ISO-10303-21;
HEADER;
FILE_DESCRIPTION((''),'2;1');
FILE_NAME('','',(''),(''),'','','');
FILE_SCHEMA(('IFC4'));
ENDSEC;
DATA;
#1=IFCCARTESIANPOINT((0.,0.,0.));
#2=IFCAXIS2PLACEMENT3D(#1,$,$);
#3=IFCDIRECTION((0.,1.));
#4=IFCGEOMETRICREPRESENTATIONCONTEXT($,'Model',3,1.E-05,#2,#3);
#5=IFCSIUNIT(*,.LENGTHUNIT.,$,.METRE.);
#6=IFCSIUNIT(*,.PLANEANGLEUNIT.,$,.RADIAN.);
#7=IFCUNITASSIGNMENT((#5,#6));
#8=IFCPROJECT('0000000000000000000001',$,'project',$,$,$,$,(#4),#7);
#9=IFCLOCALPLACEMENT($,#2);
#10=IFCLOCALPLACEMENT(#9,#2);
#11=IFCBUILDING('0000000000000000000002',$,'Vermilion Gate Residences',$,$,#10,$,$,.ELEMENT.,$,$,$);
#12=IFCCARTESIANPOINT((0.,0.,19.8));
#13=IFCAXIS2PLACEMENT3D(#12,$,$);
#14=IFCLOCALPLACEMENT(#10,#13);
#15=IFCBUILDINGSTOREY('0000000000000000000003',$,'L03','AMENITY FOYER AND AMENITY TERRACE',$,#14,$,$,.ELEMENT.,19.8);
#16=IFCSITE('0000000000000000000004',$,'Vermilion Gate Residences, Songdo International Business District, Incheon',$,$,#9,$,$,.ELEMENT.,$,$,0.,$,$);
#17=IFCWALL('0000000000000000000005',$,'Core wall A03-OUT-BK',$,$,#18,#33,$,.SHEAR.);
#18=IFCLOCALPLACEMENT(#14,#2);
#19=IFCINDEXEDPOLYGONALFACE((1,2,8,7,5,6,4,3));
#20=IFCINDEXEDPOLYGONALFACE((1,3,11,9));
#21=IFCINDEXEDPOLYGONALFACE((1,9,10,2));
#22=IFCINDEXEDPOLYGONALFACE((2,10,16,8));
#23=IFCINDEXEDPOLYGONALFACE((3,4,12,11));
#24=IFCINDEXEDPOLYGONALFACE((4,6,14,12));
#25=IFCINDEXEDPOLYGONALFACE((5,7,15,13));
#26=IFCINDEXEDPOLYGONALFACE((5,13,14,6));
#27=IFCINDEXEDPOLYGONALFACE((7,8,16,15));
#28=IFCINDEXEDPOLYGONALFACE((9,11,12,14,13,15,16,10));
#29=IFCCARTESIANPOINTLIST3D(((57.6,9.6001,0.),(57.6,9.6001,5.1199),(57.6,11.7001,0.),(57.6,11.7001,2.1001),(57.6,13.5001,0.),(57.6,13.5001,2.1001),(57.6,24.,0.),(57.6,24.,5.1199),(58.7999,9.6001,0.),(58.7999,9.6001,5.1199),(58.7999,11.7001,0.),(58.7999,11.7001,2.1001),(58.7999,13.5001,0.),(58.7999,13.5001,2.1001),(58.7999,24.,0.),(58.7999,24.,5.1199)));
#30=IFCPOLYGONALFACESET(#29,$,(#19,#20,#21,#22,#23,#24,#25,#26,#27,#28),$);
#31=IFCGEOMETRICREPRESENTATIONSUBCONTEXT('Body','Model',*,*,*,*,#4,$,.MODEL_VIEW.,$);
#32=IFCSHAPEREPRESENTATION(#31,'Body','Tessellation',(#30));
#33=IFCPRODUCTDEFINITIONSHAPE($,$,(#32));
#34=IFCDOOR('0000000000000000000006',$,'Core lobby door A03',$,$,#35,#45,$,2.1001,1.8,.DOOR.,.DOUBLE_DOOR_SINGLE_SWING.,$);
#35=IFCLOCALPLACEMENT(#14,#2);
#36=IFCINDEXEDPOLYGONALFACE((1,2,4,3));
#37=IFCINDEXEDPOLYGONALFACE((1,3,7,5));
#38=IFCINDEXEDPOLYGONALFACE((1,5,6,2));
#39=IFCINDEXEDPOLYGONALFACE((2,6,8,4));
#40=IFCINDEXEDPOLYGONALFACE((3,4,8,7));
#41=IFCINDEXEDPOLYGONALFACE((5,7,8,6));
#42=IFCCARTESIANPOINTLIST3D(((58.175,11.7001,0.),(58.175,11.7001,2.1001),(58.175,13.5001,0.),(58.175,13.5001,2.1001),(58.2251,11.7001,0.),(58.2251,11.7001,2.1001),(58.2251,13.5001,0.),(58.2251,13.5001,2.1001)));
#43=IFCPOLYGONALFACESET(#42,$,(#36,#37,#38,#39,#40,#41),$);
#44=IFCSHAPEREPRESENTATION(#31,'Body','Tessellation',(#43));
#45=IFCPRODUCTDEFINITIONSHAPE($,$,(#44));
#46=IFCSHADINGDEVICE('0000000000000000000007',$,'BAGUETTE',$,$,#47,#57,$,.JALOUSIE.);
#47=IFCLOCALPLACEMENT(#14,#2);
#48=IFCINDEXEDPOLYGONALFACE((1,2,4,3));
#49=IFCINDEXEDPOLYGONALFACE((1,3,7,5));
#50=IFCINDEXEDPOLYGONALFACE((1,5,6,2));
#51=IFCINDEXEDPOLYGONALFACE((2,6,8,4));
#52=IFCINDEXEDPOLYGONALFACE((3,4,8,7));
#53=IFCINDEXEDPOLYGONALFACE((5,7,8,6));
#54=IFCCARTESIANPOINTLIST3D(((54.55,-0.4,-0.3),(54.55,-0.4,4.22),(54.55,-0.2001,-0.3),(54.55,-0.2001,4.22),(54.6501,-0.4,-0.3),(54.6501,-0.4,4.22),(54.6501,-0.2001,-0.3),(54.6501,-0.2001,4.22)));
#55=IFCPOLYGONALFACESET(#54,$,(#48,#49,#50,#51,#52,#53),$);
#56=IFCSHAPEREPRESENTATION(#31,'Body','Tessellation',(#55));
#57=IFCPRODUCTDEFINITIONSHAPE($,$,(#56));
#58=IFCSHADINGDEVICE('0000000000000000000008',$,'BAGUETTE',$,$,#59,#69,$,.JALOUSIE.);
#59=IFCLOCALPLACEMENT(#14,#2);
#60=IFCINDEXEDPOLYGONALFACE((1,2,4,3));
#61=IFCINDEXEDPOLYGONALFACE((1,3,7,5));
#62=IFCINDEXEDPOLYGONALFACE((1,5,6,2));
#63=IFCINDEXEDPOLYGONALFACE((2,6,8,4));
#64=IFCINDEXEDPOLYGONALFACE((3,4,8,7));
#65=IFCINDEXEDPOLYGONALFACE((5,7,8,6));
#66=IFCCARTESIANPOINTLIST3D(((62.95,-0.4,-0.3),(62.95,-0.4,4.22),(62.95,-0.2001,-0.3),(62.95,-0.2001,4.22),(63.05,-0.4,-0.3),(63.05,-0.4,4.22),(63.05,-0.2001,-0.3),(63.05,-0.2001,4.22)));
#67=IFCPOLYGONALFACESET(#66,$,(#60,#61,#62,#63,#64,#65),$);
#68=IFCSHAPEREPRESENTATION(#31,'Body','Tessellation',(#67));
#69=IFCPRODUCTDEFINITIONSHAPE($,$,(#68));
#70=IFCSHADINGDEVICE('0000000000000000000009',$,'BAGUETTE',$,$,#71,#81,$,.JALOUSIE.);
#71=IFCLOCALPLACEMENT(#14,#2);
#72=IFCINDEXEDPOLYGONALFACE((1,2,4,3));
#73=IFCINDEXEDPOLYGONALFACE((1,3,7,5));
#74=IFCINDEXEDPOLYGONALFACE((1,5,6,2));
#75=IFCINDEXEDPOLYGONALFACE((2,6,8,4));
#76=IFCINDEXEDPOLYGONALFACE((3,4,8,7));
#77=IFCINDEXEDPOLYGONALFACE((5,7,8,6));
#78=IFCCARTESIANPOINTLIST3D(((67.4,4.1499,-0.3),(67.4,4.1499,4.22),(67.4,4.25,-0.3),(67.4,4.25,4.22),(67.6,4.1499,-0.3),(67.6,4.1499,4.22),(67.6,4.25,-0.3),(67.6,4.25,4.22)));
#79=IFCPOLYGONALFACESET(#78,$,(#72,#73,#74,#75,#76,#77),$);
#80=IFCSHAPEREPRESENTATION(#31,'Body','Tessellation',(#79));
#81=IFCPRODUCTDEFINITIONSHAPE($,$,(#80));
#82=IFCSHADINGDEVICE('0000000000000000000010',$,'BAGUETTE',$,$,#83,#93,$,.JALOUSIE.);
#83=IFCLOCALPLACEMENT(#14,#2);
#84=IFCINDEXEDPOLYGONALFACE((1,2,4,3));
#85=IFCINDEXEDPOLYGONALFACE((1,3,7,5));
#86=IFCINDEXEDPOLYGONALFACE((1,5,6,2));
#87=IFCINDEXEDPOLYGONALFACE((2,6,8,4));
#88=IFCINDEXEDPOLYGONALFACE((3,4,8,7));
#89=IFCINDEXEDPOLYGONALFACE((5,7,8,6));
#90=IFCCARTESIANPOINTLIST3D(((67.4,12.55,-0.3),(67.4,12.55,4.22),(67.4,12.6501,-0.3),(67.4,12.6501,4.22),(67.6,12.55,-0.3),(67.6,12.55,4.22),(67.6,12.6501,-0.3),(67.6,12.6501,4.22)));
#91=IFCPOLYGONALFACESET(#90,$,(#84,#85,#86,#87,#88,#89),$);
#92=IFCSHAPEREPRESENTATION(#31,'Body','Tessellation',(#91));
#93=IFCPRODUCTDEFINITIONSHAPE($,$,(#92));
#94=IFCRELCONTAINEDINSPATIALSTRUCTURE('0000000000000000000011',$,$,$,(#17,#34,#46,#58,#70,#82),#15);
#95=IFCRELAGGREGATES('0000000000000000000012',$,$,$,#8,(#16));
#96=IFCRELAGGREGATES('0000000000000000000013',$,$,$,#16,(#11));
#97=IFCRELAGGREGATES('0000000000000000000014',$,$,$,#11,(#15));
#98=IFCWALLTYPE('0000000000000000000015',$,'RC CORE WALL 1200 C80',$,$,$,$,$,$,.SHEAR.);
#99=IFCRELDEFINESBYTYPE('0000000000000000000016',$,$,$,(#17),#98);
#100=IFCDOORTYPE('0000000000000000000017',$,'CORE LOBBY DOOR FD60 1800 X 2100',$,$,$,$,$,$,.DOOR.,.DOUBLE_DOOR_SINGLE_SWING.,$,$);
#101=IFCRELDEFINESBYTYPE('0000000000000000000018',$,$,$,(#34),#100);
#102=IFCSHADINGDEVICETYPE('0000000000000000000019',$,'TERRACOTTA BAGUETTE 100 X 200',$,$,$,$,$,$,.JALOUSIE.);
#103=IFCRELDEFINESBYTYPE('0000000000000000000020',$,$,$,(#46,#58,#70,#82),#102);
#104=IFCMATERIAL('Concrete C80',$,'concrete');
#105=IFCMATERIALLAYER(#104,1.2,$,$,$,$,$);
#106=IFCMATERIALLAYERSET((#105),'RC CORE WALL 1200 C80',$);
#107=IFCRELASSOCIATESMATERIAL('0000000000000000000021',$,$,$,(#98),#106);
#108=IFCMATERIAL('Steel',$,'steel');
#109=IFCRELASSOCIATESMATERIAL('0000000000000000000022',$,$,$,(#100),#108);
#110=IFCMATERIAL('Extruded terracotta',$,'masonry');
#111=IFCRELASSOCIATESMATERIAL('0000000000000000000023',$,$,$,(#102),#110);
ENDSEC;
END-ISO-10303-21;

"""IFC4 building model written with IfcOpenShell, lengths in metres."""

from ifc_helpers import new_model, si_unit, direction, frame, frame_2d, origin, origin_2d, place, context, subcontext, project, spatial, rectangle, extrude, material, layer, layer_set, material_profile, profile_set, type_object, element, fill, save


model = new_model("IFC4")

# Units and contexts
model_context = context("Model", 3, precision=1e-05, world=origin(), true_north=direction((0.0, 1.0)))
body_context = subcontext(model_context, "Body", "Model", "MODEL_VIEW")
ifc_project = project(units=[si_unit("LENGTHUNIT", "METRE"), si_unit("PLANEANGLEUNIT", "RADIAN")], contexts=[model_context])

# Site, building, storey
site_placement = place(None, origin())
site = spatial("IfcSite", under=ifc_project, at=site_placement, Name="Vermilion Gate Residences, Songdo International Business District, Incheon", CompositionType="ELEMENT", RefElevation=0.0)
building_placement = place(site_placement, origin())
building = spatial("IfcBuilding", under=site, at=building_placement, Name="Vermilion Gate Residences", CompositionType="ELEMENT")
storey_placement = place(building_placement, frame((0.0, 0.0, 19.8)))
storey = spatial("IfcBuildingStorey", under=building, at=storey_placement, Name="L03", Description="AMENITY FOYER AND AMENITY TERRACE", CompositionType="ELEMENT", Elevation=19.8)

# Wall, opening, door
ifc_material_1 = material(Name="Concrete C80", Category="concrete")
ifc_layer_1 = layer(ifc_material_1, 1.2)
ifc_layer_set_1 = layer_set([ifc_layer_1], Name="RC CORE WALL 1200 C80")
wall_type_1 = type_object("IfcWallType", Name="RC CORE WALL 1200 C80", PredefinedType="SHEAR", material=ifc_layer_set_1)
wall_1_placement = place(storey_placement, frame((58.2, 9.6001, 0.0), z_axis=(0.0, 0.0, 1.0), x_axis=(0.0, 1.0, 0.0)))
wall_1 = element("IfcWall", 1, at=wall_1_placement, inside=storey, type_object=wall_type_1, Name="Core wall A03-OUT-BK", PredefinedType="SHEAR", context=body_context, shape_type="SweptSolid", body=[
    extrude(rectangle(XDim=14.3999, YDim=1.2, at=frame_2d((7.2, 0.0))), origin(), (0.0, 0.0, 1.0), 5.1199),
])
opening_1_placement = place(wall_1_placement, frame((2.1001, 0.0, 0.0)))
opening_1 = element("IfcOpeningElement", 2, at=opening_1_placement, cuts=wall_1, PredefinedType="OPENING", context=body_context, shape_type="SweptSolid", body=[
    extrude(rectangle(XDim=1.8, YDim=2.1001, at=frame_2d((0.8999, 1.05))), frame((0.0, 0.6099, 0.0), z_axis=(0.0, -1.0, 0.0), x_axis=(1.0, 0.0, 0.0)), (0.0, 0.0, 1.0), 1.22),
])
ifc_material_2 = material(Name="Steel", Category="steel")
door_type_1 = type_object("IfcDoorType", Name="CORE LOBBY DOOR FD60 1800 X 2100", OperationType="DOUBLE_DOOR_SINGLE_SWING", PredefinedType="DOOR", material=ifc_material_2)
door_1_placement = place(opening_1_placement, origin())
door_1 = element("IfcDoor", 3, at=door_1_placement, inside=storey, type_object=door_type_1, Name="Core lobby door A03", OperationType="DOUBLE_DOOR_SINGLE_SWING", OverallHeight=2.1001, OverallWidth=1.8, PredefinedType="DOOR", context=body_context, shape_type="SweptSolid", body=[
    extrude(rectangle(XDim=1.8, YDim=2.1001, at=frame_2d((0.8999, 1.05))), frame((0.0, 0.0249, 0.0), z_axis=(0.0, -1.0, 0.0), x_axis=(1.0, 0.0, 0.0)), (0.0, 0.0, 1.0), 0.05),
])
fill(opening_1, door_1)

# Shading devices
ifc_material_3 = material(Name="Extruded terracotta", Category="masonry")
ifc_material_profile_1 = material_profile(ifc_material_3, rectangle(XDim=0.2, YDim=0.1001, at=origin_2d()), Name="BAGUETTE 100 X 200")
ifc_profile_set_1 = profile_set([ifc_material_profile_1], Name="Extruded terracotta")
shading_device_type = type_object("IfcShadingDeviceType", Name="TERRACOTTA BAGUETTE 100 X 200", PredefinedType="JALOUSIE", material=ifc_profile_set_1)
for number, where, z_axis, x_axis, name in (
    (4, (54.6001, -0.3, -0.3), (0.0, 0.0, 1.0), (0.0, 1.0, 0.0), "BAGUETTE"),
    (5, (63.0, -0.3, -0.3), (0.0, 0.0, 1.0), (0.0, 1.0, 0.0), "BAGUETTE"),
    (6, (67.5, 4.2, -0.3), (0.0, 0.0, 1.0), (-1.0, 0.0, 0.0), "BAGUETTE"),
    (7, (67.5, 12.6001, -0.3), (0.0, 0.0, 1.0), (-1.0, 0.0, 0.0), "BAGUETTE"),
):
    element("IfcShadingDevice", number, at=place(storey_placement, frame(where, z_axis=z_axis, x_axis=x_axis)), inside=storey, type_object=shading_device_type, Name=name, PredefinedType="JALOUSIE", context=body_context, shape_type="SweptSolid", body=[
        extrude(rectangle(XDim=0.2, YDim=0.1001, at=origin_2d()), origin(), (0.0, 0.0, 1.0), 4.52),
    ])

save(model, "model.ifc")
